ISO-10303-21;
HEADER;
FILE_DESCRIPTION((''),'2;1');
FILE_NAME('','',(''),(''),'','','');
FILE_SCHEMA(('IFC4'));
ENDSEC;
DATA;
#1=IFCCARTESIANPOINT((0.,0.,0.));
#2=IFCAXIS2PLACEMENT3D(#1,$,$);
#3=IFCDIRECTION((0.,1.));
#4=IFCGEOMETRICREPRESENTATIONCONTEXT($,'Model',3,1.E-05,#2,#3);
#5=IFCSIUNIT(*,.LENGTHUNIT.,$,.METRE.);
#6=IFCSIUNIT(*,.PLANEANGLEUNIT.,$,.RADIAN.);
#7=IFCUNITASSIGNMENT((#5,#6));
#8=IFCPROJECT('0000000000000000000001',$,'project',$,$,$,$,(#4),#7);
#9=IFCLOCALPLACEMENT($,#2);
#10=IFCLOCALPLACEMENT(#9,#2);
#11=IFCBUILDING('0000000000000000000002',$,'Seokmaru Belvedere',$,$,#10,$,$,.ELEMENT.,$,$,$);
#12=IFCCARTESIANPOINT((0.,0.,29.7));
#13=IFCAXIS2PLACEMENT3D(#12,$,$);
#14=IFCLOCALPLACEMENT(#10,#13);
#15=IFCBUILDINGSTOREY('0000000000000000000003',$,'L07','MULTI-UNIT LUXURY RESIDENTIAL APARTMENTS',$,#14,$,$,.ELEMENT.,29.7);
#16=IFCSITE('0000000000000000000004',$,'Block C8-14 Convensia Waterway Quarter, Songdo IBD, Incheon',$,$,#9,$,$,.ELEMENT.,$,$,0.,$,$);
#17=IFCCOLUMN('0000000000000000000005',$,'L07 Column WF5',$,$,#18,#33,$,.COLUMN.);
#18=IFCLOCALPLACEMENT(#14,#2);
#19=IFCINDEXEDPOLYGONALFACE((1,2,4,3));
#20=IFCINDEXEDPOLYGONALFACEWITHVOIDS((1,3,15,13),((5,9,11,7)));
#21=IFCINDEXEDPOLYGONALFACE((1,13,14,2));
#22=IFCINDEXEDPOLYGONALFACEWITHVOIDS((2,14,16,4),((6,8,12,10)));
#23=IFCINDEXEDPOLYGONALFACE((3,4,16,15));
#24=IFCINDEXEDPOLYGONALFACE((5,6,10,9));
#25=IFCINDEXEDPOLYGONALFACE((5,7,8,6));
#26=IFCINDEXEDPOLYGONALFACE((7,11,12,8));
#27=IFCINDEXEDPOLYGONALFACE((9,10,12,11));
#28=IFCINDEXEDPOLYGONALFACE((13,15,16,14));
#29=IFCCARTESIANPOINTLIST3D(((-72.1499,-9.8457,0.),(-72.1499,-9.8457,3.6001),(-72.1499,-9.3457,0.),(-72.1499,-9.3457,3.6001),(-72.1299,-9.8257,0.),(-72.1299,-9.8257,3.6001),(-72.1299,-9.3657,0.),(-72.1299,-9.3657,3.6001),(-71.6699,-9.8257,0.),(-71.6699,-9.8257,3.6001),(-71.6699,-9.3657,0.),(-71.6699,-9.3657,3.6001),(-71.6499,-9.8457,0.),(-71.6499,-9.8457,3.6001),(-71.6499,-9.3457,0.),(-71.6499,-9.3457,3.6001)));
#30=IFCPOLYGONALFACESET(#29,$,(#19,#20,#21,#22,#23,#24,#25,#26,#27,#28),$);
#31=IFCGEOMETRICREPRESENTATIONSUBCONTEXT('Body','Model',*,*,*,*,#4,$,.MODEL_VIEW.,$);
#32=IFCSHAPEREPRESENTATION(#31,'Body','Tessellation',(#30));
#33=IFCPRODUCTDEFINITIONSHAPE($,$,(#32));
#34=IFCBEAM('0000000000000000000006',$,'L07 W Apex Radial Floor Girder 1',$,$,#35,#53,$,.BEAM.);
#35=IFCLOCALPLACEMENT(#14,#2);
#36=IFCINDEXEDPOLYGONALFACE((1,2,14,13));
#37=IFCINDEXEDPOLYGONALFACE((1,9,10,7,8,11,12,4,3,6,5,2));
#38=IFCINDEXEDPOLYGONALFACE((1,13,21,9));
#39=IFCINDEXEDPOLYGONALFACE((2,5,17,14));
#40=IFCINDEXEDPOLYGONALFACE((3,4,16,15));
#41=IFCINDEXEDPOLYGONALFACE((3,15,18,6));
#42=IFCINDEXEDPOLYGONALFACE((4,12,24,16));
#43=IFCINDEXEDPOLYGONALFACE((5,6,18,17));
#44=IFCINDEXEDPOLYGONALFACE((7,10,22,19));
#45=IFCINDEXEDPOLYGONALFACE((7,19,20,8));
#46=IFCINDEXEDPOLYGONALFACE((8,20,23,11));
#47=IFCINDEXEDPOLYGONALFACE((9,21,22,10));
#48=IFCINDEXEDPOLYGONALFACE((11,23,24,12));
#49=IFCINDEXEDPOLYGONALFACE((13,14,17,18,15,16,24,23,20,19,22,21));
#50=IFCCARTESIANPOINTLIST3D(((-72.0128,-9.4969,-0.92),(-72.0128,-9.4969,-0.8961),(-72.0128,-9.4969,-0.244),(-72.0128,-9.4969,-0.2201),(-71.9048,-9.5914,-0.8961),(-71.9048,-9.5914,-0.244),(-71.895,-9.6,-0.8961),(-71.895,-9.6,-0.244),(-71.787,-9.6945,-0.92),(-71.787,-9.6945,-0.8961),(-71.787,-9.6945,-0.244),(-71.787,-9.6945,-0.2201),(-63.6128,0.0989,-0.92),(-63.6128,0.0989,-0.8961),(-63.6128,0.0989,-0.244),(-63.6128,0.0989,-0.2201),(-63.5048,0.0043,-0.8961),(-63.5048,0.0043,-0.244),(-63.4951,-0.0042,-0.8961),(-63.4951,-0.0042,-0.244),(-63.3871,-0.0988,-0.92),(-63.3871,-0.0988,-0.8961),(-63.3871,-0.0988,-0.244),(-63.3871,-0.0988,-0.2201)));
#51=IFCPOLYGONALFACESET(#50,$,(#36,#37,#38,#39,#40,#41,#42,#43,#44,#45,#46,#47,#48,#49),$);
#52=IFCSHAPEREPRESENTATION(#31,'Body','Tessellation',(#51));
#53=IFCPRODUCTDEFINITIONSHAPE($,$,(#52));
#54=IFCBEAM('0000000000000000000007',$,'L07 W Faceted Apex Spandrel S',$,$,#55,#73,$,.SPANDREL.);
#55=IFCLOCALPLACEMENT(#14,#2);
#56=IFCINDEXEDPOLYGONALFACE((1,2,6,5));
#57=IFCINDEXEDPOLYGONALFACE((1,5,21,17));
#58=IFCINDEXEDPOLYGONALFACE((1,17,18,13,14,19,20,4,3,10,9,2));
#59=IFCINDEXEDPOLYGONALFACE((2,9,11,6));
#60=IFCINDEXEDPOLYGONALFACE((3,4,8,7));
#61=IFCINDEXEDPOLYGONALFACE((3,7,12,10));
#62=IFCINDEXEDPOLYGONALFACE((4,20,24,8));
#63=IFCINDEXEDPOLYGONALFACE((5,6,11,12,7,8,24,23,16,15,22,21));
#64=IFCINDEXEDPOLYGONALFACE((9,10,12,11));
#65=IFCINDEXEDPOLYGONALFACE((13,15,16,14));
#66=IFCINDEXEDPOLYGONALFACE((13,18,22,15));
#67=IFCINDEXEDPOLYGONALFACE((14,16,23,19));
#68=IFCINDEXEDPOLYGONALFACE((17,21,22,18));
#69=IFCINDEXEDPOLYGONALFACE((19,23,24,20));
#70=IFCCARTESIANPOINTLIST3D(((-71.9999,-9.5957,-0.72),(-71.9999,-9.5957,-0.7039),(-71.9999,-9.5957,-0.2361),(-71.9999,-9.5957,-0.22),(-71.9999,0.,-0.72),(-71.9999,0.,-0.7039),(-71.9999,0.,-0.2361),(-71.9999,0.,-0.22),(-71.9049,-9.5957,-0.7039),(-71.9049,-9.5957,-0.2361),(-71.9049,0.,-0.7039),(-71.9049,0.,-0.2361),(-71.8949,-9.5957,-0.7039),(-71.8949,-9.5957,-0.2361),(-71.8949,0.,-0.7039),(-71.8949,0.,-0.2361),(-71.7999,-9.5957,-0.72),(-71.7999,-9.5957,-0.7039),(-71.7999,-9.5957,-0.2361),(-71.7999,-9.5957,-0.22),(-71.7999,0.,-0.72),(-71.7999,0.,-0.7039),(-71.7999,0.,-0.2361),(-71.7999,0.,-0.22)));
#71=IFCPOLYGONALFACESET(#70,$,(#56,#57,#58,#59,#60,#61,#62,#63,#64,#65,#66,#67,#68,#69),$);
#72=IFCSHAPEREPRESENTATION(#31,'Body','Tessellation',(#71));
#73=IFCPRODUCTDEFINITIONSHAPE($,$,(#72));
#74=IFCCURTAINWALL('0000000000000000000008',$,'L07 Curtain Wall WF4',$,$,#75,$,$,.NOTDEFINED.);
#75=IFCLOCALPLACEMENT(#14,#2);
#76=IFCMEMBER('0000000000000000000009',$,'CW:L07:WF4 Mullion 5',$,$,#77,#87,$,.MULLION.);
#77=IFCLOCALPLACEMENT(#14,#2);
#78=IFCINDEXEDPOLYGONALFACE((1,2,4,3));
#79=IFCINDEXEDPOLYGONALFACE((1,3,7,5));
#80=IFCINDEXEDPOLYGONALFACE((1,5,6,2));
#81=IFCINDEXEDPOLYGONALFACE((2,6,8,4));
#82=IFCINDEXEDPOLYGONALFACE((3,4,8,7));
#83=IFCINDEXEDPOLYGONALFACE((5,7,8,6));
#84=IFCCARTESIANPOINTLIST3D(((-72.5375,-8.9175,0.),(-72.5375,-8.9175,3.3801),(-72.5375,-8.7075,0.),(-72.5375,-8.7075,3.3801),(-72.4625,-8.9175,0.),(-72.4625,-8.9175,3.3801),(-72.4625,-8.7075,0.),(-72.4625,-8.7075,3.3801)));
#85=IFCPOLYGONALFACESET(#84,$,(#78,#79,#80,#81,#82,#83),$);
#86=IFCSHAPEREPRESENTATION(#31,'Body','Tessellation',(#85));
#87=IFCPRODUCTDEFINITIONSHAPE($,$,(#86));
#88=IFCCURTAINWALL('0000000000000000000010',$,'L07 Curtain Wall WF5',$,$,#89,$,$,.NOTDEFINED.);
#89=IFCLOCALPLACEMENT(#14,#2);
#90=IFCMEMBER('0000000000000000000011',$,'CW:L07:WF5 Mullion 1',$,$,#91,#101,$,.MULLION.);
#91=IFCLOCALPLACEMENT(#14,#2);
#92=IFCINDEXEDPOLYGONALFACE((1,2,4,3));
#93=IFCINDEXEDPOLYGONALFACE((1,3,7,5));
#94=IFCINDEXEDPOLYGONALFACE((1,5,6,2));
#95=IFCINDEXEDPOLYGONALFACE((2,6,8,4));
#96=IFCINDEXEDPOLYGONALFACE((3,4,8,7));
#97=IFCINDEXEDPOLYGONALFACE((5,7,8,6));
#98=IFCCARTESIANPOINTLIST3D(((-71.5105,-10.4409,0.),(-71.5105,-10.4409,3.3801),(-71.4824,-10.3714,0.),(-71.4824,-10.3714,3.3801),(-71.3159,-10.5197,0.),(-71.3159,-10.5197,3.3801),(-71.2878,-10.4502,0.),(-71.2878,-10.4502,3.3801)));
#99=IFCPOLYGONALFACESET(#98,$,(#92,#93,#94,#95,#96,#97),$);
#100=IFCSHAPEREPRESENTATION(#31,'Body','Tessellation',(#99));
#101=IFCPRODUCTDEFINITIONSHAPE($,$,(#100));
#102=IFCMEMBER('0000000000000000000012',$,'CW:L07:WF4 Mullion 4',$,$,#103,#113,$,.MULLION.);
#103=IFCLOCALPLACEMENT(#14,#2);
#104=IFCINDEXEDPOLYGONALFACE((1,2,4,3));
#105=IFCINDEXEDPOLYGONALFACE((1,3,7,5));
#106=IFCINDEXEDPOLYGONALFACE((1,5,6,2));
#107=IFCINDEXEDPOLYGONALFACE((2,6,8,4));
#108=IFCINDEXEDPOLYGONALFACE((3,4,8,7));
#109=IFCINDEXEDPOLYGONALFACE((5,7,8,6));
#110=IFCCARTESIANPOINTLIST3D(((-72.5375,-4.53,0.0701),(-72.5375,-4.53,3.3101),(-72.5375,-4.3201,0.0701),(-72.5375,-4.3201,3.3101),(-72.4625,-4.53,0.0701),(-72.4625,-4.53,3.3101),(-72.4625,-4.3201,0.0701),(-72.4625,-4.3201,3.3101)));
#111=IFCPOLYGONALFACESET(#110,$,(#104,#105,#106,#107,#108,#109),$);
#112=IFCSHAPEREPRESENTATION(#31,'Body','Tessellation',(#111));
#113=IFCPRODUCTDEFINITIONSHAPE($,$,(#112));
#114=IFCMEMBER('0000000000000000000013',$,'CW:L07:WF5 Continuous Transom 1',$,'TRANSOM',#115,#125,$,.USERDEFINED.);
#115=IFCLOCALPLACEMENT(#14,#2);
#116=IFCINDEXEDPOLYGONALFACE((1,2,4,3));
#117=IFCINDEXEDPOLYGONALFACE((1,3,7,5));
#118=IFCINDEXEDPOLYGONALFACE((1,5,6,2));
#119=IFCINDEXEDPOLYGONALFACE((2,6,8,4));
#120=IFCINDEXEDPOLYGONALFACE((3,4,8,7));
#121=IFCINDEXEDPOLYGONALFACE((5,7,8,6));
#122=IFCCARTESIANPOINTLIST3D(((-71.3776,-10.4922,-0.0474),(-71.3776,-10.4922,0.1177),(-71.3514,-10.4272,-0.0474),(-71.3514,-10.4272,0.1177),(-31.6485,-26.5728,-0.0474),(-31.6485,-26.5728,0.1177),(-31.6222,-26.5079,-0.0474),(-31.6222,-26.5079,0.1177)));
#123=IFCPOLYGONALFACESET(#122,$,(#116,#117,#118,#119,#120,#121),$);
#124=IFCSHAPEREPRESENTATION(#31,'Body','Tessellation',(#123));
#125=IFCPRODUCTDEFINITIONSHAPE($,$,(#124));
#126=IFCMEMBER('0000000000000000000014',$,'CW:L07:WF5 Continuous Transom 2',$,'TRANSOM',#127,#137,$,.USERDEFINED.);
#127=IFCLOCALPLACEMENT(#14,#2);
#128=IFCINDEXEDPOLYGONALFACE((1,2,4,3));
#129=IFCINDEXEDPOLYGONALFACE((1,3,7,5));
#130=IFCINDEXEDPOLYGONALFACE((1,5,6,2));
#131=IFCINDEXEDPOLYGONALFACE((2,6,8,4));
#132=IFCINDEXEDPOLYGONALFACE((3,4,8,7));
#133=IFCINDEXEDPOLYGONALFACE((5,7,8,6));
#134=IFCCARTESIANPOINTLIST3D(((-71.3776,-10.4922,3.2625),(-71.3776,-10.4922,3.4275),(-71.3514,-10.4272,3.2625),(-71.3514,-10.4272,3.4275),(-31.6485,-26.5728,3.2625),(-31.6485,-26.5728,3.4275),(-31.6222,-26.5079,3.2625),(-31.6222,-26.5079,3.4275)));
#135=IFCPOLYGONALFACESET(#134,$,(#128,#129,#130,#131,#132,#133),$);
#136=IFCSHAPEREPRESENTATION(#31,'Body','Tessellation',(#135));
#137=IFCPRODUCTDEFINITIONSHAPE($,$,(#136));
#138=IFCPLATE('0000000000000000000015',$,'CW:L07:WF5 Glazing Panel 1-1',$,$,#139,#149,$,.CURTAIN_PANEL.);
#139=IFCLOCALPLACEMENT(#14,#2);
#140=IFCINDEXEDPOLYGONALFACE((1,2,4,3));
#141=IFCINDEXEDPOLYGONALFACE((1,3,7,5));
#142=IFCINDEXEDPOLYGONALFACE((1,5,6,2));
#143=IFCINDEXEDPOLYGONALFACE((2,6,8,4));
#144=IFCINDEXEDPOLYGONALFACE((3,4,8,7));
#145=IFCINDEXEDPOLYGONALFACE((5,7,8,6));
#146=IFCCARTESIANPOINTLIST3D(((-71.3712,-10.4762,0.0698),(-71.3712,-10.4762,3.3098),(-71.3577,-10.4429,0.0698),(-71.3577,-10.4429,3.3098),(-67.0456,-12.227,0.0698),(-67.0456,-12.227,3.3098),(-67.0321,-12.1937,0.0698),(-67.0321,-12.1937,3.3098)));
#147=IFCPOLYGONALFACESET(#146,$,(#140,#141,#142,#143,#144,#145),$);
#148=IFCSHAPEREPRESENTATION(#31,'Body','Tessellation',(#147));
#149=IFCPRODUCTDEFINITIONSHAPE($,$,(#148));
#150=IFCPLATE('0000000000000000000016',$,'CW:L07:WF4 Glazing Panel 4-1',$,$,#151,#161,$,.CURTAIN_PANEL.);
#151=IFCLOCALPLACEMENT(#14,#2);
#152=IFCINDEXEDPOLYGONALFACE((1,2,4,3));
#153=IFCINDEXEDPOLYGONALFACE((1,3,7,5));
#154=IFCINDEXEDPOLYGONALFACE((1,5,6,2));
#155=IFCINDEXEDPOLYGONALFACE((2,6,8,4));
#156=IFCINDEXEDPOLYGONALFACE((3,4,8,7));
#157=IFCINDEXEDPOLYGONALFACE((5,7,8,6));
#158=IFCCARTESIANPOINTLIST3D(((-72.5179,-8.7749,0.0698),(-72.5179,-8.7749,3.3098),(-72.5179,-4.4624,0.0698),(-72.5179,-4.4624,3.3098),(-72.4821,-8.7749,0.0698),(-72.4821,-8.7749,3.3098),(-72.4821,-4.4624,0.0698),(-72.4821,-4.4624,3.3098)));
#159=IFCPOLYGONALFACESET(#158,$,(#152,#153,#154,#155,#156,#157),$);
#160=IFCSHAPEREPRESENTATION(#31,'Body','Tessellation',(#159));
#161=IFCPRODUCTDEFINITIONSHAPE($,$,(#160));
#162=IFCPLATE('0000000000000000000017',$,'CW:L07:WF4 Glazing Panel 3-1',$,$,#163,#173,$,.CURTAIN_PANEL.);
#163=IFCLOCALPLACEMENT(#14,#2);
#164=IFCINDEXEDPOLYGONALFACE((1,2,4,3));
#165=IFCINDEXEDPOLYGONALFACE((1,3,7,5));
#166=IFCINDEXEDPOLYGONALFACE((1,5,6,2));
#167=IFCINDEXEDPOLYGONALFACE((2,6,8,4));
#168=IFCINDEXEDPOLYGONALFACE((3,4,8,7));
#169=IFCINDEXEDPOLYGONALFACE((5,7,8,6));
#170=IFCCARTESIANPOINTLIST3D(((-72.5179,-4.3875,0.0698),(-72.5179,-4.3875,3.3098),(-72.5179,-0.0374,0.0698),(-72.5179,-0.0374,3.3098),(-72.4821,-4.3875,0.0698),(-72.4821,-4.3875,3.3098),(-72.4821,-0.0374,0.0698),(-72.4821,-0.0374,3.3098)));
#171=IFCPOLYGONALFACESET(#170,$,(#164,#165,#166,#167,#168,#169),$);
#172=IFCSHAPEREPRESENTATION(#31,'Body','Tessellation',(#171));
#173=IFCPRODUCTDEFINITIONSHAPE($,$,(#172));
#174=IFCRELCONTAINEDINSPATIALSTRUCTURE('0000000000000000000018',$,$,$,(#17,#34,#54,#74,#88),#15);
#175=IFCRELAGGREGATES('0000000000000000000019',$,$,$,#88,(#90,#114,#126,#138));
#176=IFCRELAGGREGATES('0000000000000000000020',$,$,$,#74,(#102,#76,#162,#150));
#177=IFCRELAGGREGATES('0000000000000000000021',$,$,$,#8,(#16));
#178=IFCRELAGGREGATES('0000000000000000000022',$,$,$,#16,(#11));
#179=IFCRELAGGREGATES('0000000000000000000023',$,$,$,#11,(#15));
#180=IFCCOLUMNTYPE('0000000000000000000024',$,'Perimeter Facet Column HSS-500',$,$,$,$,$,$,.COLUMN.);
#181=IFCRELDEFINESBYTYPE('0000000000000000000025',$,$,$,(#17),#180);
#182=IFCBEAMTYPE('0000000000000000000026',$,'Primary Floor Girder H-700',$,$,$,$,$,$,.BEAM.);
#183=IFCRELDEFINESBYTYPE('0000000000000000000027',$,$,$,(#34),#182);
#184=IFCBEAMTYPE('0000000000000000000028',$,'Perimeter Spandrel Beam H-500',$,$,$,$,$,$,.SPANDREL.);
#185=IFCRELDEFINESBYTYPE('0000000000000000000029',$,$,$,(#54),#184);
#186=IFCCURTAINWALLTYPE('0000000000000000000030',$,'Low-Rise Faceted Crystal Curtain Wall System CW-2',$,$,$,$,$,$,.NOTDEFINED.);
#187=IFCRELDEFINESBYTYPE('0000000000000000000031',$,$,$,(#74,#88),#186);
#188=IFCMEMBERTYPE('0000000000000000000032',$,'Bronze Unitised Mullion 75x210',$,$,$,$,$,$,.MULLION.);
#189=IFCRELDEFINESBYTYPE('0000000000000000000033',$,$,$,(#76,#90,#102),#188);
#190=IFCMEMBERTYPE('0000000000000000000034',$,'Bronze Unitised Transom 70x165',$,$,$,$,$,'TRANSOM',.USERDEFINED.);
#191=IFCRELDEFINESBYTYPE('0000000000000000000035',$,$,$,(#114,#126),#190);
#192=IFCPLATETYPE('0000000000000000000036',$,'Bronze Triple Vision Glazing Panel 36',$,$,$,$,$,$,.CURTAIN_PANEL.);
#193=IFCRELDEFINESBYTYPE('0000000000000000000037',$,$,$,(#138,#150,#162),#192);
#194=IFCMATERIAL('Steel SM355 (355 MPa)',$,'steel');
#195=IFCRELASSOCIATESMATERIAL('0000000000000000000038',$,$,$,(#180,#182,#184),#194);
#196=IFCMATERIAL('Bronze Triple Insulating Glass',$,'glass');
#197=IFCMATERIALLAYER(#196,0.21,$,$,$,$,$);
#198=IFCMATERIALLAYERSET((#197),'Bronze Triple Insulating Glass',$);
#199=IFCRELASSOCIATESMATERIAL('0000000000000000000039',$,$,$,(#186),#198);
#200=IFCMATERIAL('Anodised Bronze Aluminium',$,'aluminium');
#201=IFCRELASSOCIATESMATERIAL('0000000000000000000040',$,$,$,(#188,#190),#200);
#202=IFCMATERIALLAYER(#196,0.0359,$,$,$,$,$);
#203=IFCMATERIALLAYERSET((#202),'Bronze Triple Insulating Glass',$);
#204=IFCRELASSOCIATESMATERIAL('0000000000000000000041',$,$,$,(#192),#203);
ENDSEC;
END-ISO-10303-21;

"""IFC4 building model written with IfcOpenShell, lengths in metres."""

from ifc_helpers import new_model, si_unit, direction, frame, origin, origin_2d, place, context, subcontext, project, spatial, rectangle, hollow_rectangle, i_section, extrude, source, transform, mapped, material, layer, layer_set, material_profile, profile_set, type_object, type_shapes, element, aggregate, save


model = new_model("IFC4")

# Units and contexts
model_context = context("Model", 3, precision=1e-05, world=origin(), true_north=direction((0.0, 1.0)))
body_context = subcontext(model_context, "Body", "Model", "MODEL_VIEW")
ifc_project = project(units=[si_unit("LENGTHUNIT", "METRE"), si_unit("PLANEANGLEUNIT", "RADIAN")], contexts=[model_context])

# Site, building, storey
site_placement = place(None, origin())
site = spatial("IfcSite", under=ifc_project, at=site_placement, Name="Block C8-14 Convensia Waterway Quarter, Songdo IBD, Incheon", CompositionType="ELEMENT", RefElevation=0.0)
building_placement = place(site_placement, origin())
building = spatial("IfcBuilding", under=site, at=building_placement, Name="Seokmaru Belvedere", CompositionType="ELEMENT")
storey_placement = place(building_placement, frame((0.0, 0.0, 29.7)))
storey = spatial("IfcBuildingStorey", under=building, at=storey_placement, Name="L07", Description="MULTI-UNIT LUXURY RESIDENTIAL APARTMENTS", CompositionType="ELEMENT", Elevation=29.7)

# Column
ifc_material_1 = material(Name="Steel SM355 (355 MPa)", Category="steel")
ifc_material_profile_1 = material_profile(ifc_material_1, hollow_rectangle(XDim=0.5, YDim=0.5, WallThickness=0.02, at=origin_2d()), Name="HSS-500x500x20")
ifc_profile_set_1 = profile_set([ifc_material_profile_1], Name="Steel SM355 (355 MPa)")
column_type = type_object("IfcColumnType", Name="Perimeter Facet Column HSS-500", PredefinedType="COLUMN", material=ifc_profile_set_1)
shared_shape_1 = source(origin(), body_context, "Body", "SweptSolid", [
    extrude(hollow_rectangle(XDim=0.5, YDim=0.5, WallThickness=0.02, at=origin_2d()), origin(), (0.0, 0.0, 1.0), 3.6001),
])
type_shapes(column_type, [shared_shape_1])
column_placement = place(storey_placement, frame((-71.8999, -9.5957, 0.0), z_axis=(0.0, 0.0, 1.0), x_axis=(1.0, 0.0, 0.0)))
element("IfcColumn", 1, at=column_placement, inside=storey, type_object=column_type, Name="L07 Column WF5", PredefinedType="COLUMN", context=body_context, shape_type="MappedRepresentation", body=[
    mapped(shared_shape_1, transform((0.0, 0.0, 0.0), scale=1.0)),
])

# Beams
ifc_material_profile_2 = material_profile(ifc_material_1, i_section(OverallWidth=0.3, OverallDepth=0.7, WebThickness=0.0129, FlangeThickness=0.0239, at=origin_2d()), Name="H-700x300x13x24")
ifc_profile_set_2 = profile_set([ifc_material_profile_2], Name="Steel SM355 (355 MPa)")
beam_type_1 = type_object("IfcBeamType", Name="Primary Floor Girder H-700", PredefinedType="BEAM", material=ifc_profile_set_2)
shared_shape_2 = source(origin(), body_context, "Body", "SweptSolid", [
    extrude(i_section(OverallWidth=0.3, OverallDepth=0.7, WebThickness=0.0129, FlangeThickness=0.0239, at=origin_2d()), origin(), (0.0, 0.0, 1.0), 12.7529),
])
type_shapes(beam_type_1, [shared_shape_2])
beam_1_placement = place(storey_placement, frame((-71.8999, -9.5957, -0.5701), z_axis=(0.658667, 0.752434, 0.0), x_axis=(-0.752434, 0.658667, 0.0)))
element("IfcBeam", 2, at=beam_1_placement, inside=storey, type_object=beam_type_1, Name="L07 W Apex Radial Floor Girder 1", PredefinedType="BEAM", context=body_context, shape_type="MappedRepresentation", body=[
    mapped(shared_shape_2, transform((0.0, 0.0, 0.0), scale=1.0)),
])
ifc_material_profile_3 = material_profile(ifc_material_1, i_section(OverallWidth=0.2, OverallDepth=0.5, WebThickness=0.01, FlangeThickness=0.0161, at=origin_2d()), Name="H-500x200x10x16")
ifc_profile_set_3 = profile_set([ifc_material_profile_3], Name="Steel SM355 (355 MPa)")
beam_type_2 = type_object("IfcBeamType", Name="Perimeter Spandrel Beam H-500", PredefinedType="SPANDREL", material=ifc_profile_set_3)
shared_shape_3 = source(origin(), body_context, "Body", "SweptSolid", [
    extrude(i_section(OverallWidth=0.2, OverallDepth=0.5, WebThickness=0.01, FlangeThickness=0.0161, at=origin_2d()), origin(), (0.0, 0.0, 1.0), 9.5957),
])
type_shapes(beam_type_2, [shared_shape_3])
beam_2_placement = place(storey_placement, frame((-71.8999, -9.5957, -0.47), z_axis=(0.0, 1.0, 0.0), x_axis=(-1.0, 0.0, 0.0)))
element("IfcBeam", 3, at=beam_2_placement, inside=storey, type_object=beam_type_2, Name="L07 W Faceted Apex Spandrel S", PredefinedType="SPANDREL", context=body_context, shape_type="MappedRepresentation", body=[
    mapped(shared_shape_3, transform((0.0, 0.0, 0.0), scale=1.0)),
])

# Curtain walls, members
ifc_material_2 = material(Name="Bronze Triple Insulating Glass", Category="glass")
ifc_layer_1 = layer(ifc_material_2, 0.21)
ifc_layer_set_1 = layer_set([ifc_layer_1], Name="Bronze Triple Insulating Glass")
curtain_wall_type = type_object("IfcCurtainWallType", Name="Low-Rise Faceted Crystal Curtain Wall System CW-2", PredefinedType="NOTDEFINED", material=ifc_layer_set_1)
curtain_wall_1_placement = place(storey_placement, origin())
curtain_wall_1 = element("IfcCurtainWall", 4, at=curtain_wall_1_placement, inside=storey, type_object=curtain_wall_type, Name="L07 Curtain Wall WF4", PredefinedType="NOTDEFINED")
ifc_material_3 = material(Name="Anodised Bronze Aluminium", Category="aluminium")
ifc_material_profile_4 = material_profile(ifc_material_3, rectangle(XDim=0.075, YDim=0.21, at=origin_2d()), Name="CW-M-75x210")
ifc_profile_set_4 = profile_set([ifc_material_profile_4], Name="Anodised Bronze Aluminium")
member_type_1 = type_object("IfcMemberType", Name="Bronze Unitised Mullion 75x210", PredefinedType="MULLION", material=ifc_profile_set_4)
shared_shape_4 = source(origin(), body_context, "Body", "SweptSolid", [
    extrude(rectangle(XDim=0.075, YDim=0.21, at=origin_2d()), origin(), (0.0, 0.0, 1.0), 3.3801),
])
member_1_placement = place(storey_placement, frame((-72.5, -8.8125, 0.0), z_axis=(0.0, 0.0, 1.0), x_axis=(1.0, 0.0, 0.0)))
member_1 = element("IfcMember", 5, at=member_1_placement, type_object=member_type_1, Name="CW:L07:WF4 Mullion 5", PredefinedType="MULLION", context=body_context, shape_type="MappedRepresentation", body=[
    mapped(shared_shape_4, transform((0.0, 0.0, 0.0), scale=1.0)),
])
curtain_wall_2_placement = place(storey_placement, origin())
curtain_wall_2 = element("IfcCurtainWall", 6, at=curtain_wall_2_placement, inside=storey, type_object=curtain_wall_type, Name="L07 Curtain Wall WF5", PredefinedType="NOTDEFINED")
member_2_placement = place(storey_placement, frame((-71.3992, -10.4456, 0.0), z_axis=(0.0, 0.0, 1.0), x_axis=(0.375192, 0.926947, 0.0)))
member_2 = element("IfcMember", 7, at=member_2_placement, type_object=member_type_1, Name="CW:L07:WF5 Mullion 1", PredefinedType="MULLION", context=body_context, shape_type="MappedRepresentation", body=[
    mapped(shared_shape_4, transform((0.0, 0.0, 0.0), scale=1.0)),
])

# Members
shared_shape_5 = source(origin(), body_context, "Body", "SweptSolid", [
    extrude(rectangle(XDim=0.075, YDim=0.21, at=origin_2d()), origin(), (0.0, 0.0, 1.0), 3.24),
])
type_shapes(member_type_1, [shared_shape_4, shared_shape_5])
member_3_placement = place(storey_placement, frame((-72.5, -4.425, 0.0701), z_axis=(0.0, 0.0, 1.0), x_axis=(1.0, 0.0, 0.0)))
member_3 = element("IfcMember", 8, at=member_3_placement, type_object=member_type_1, Name="CW:L07:WF4 Mullion 4", PredefinedType="MULLION", context=body_context, shape_type="MappedRepresentation", body=[
    mapped(shared_shape_5, transform((0.0, 0.0, 0.0), scale=1.0)),
])
ifc_material_profile_5 = material_profile(ifc_material_3, rectangle(XDim=0.0701, YDim=0.165, at=origin_2d()), Name="CW-T-70x165")
ifc_profile_set_5 = profile_set([ifc_material_profile_5], Name="Anodised Bronze Aluminium")
member_type_2 = type_object("IfcMemberType", Name="Bronze Unitised Transom 70x165", ElementType="TRANSOM", PredefinedType="USERDEFINED", material=ifc_profile_set_5)
shared_shape_6 = source(origin(), body_context, "Body", "SweptSolid", [
    extrude(rectangle(XDim=0.0701, YDim=0.165, at=origin_2d()), origin(), (0.0, 0.0, 1.0), 42.8601),
])
type_shapes(member_type_2, [shared_shape_6])
member_4_placement = place(storey_placement, frame((-71.3645, -10.4597, 0.0352), z_axis=(0.926949, -0.375188, 0.0), x_axis=(0.375188, 0.926949, 0.0)))
member_4 = element("IfcMember", 9, at=member_4_placement, type_object=member_type_2, Name="CW:L07:WF5 Continuous Transom 1", ObjectType="TRANSOM", PredefinedType="USERDEFINED", context=body_context, shape_type="MappedRepresentation", body=[
    mapped(shared_shape_6, transform((0.0, 0.0, 0.0), scale=1.0)),
])
member_5_placement = place(storey_placement, frame((-71.3645, -10.4597, 3.345), z_axis=(0.926949, -0.375188, 0.0), x_axis=(0.375188, 0.926949, 0.0)))
member_5 = element("IfcMember", 10, at=member_5_placement, type_object=member_type_2, Name="CW:L07:WF5 Continuous Transom 2", ObjectType="TRANSOM", PredefinedType="USERDEFINED", context=body_context, shape_type="MappedRepresentation", body=[
    mapped(shared_shape_6, transform((0.0, 0.0, 0.0), scale=1.0)),
])

# Plates
ifc_layer_2 = layer(ifc_material_2, 0.0359)
ifc_layer_set_2 = layer_set([ifc_layer_2], Name="Bronze Triple Insulating Glass")
plate_type = type_object("IfcPlateType", Name="Bronze Triple Vision Glazing Panel 36", PredefinedType="CURTAIN_PANEL", material=ifc_layer_set_2)
shared_shape_7 = source(origin(), body_context, "Body", "SweptSolid", [
    extrude(rectangle(XDim=4.6665, YDim=0.0359, at=origin_2d()), origin(), (0.0, 0.0, 1.0), 3.24),
])
plate_1_placement = place(storey_placement, frame((-69.2017, -11.335, 0.0698), z_axis=(0.0, 0.0, 1.0), x_axis=(0.926947, -0.375192, 0.0)))
plate_1 = element("IfcPlate", 11, at=plate_1_placement, type_object=plate_type, Name="CW:L07:WF5 Glazing Panel 1-1", PredefinedType="CURTAIN_PANEL", context=body_context, shape_type="MappedRepresentation", body=[
    mapped(shared_shape_7, transform((0.0, 0.0, 0.0), scale=1.0)),
])
aggregate(curtain_wall_2, [member_2, member_4, member_5, plate_1])
shared_shape_8 = source(origin(), body_context, "Body", "SweptSolid", [
    extrude(rectangle(XDim=4.3125, YDim=0.0359, at=origin_2d()), origin(), (0.0, 0.0, 1.0), 3.24),
])
plate_2_placement = place(storey_placement, frame((-72.5, -6.6187, 0.0698), z_axis=(0.0, 0.0, 1.0), x_axis=(0.0, -1.0, 0.0)))
plate_2 = element("IfcPlate", 12, at=plate_2_placement, type_object=plate_type, Name="CW:L07:WF4 Glazing Panel 4-1", PredefinedType="CURTAIN_PANEL", context=body_context, shape_type="MappedRepresentation", body=[
    mapped(shared_shape_8, transform((0.0, 0.0, 0.0), scale=1.0)),
])
shared_shape_9 = source(origin(), body_context, "Body", "SweptSolid", [
    extrude(rectangle(XDim=4.3501, YDim=0.0359, at=origin_2d()), origin(), (0.0, 0.0, 1.0), 3.24),
])
type_shapes(plate_type, [shared_shape_7, shared_shape_8, shared_shape_9])
plate_3_placement = place(storey_placement, frame((-72.5, -2.2124, 0.0698), z_axis=(0.0, 0.0, 1.0), x_axis=(0.0, -1.0, 0.0)))
plate_3 = element("IfcPlate", 13, at=plate_3_placement, type_object=plate_type, Name="CW:L07:WF4 Glazing Panel 3-1", PredefinedType="CURTAIN_PANEL", context=body_context, shape_type="MappedRepresentation", body=[
    mapped(shared_shape_9, transform((0.0, 0.0, 0.0), scale=1.0)),
])
aggregate(curtain_wall_1, [member_3, member_1, plate_3, plate_2])

save(model, "model.ifc")
